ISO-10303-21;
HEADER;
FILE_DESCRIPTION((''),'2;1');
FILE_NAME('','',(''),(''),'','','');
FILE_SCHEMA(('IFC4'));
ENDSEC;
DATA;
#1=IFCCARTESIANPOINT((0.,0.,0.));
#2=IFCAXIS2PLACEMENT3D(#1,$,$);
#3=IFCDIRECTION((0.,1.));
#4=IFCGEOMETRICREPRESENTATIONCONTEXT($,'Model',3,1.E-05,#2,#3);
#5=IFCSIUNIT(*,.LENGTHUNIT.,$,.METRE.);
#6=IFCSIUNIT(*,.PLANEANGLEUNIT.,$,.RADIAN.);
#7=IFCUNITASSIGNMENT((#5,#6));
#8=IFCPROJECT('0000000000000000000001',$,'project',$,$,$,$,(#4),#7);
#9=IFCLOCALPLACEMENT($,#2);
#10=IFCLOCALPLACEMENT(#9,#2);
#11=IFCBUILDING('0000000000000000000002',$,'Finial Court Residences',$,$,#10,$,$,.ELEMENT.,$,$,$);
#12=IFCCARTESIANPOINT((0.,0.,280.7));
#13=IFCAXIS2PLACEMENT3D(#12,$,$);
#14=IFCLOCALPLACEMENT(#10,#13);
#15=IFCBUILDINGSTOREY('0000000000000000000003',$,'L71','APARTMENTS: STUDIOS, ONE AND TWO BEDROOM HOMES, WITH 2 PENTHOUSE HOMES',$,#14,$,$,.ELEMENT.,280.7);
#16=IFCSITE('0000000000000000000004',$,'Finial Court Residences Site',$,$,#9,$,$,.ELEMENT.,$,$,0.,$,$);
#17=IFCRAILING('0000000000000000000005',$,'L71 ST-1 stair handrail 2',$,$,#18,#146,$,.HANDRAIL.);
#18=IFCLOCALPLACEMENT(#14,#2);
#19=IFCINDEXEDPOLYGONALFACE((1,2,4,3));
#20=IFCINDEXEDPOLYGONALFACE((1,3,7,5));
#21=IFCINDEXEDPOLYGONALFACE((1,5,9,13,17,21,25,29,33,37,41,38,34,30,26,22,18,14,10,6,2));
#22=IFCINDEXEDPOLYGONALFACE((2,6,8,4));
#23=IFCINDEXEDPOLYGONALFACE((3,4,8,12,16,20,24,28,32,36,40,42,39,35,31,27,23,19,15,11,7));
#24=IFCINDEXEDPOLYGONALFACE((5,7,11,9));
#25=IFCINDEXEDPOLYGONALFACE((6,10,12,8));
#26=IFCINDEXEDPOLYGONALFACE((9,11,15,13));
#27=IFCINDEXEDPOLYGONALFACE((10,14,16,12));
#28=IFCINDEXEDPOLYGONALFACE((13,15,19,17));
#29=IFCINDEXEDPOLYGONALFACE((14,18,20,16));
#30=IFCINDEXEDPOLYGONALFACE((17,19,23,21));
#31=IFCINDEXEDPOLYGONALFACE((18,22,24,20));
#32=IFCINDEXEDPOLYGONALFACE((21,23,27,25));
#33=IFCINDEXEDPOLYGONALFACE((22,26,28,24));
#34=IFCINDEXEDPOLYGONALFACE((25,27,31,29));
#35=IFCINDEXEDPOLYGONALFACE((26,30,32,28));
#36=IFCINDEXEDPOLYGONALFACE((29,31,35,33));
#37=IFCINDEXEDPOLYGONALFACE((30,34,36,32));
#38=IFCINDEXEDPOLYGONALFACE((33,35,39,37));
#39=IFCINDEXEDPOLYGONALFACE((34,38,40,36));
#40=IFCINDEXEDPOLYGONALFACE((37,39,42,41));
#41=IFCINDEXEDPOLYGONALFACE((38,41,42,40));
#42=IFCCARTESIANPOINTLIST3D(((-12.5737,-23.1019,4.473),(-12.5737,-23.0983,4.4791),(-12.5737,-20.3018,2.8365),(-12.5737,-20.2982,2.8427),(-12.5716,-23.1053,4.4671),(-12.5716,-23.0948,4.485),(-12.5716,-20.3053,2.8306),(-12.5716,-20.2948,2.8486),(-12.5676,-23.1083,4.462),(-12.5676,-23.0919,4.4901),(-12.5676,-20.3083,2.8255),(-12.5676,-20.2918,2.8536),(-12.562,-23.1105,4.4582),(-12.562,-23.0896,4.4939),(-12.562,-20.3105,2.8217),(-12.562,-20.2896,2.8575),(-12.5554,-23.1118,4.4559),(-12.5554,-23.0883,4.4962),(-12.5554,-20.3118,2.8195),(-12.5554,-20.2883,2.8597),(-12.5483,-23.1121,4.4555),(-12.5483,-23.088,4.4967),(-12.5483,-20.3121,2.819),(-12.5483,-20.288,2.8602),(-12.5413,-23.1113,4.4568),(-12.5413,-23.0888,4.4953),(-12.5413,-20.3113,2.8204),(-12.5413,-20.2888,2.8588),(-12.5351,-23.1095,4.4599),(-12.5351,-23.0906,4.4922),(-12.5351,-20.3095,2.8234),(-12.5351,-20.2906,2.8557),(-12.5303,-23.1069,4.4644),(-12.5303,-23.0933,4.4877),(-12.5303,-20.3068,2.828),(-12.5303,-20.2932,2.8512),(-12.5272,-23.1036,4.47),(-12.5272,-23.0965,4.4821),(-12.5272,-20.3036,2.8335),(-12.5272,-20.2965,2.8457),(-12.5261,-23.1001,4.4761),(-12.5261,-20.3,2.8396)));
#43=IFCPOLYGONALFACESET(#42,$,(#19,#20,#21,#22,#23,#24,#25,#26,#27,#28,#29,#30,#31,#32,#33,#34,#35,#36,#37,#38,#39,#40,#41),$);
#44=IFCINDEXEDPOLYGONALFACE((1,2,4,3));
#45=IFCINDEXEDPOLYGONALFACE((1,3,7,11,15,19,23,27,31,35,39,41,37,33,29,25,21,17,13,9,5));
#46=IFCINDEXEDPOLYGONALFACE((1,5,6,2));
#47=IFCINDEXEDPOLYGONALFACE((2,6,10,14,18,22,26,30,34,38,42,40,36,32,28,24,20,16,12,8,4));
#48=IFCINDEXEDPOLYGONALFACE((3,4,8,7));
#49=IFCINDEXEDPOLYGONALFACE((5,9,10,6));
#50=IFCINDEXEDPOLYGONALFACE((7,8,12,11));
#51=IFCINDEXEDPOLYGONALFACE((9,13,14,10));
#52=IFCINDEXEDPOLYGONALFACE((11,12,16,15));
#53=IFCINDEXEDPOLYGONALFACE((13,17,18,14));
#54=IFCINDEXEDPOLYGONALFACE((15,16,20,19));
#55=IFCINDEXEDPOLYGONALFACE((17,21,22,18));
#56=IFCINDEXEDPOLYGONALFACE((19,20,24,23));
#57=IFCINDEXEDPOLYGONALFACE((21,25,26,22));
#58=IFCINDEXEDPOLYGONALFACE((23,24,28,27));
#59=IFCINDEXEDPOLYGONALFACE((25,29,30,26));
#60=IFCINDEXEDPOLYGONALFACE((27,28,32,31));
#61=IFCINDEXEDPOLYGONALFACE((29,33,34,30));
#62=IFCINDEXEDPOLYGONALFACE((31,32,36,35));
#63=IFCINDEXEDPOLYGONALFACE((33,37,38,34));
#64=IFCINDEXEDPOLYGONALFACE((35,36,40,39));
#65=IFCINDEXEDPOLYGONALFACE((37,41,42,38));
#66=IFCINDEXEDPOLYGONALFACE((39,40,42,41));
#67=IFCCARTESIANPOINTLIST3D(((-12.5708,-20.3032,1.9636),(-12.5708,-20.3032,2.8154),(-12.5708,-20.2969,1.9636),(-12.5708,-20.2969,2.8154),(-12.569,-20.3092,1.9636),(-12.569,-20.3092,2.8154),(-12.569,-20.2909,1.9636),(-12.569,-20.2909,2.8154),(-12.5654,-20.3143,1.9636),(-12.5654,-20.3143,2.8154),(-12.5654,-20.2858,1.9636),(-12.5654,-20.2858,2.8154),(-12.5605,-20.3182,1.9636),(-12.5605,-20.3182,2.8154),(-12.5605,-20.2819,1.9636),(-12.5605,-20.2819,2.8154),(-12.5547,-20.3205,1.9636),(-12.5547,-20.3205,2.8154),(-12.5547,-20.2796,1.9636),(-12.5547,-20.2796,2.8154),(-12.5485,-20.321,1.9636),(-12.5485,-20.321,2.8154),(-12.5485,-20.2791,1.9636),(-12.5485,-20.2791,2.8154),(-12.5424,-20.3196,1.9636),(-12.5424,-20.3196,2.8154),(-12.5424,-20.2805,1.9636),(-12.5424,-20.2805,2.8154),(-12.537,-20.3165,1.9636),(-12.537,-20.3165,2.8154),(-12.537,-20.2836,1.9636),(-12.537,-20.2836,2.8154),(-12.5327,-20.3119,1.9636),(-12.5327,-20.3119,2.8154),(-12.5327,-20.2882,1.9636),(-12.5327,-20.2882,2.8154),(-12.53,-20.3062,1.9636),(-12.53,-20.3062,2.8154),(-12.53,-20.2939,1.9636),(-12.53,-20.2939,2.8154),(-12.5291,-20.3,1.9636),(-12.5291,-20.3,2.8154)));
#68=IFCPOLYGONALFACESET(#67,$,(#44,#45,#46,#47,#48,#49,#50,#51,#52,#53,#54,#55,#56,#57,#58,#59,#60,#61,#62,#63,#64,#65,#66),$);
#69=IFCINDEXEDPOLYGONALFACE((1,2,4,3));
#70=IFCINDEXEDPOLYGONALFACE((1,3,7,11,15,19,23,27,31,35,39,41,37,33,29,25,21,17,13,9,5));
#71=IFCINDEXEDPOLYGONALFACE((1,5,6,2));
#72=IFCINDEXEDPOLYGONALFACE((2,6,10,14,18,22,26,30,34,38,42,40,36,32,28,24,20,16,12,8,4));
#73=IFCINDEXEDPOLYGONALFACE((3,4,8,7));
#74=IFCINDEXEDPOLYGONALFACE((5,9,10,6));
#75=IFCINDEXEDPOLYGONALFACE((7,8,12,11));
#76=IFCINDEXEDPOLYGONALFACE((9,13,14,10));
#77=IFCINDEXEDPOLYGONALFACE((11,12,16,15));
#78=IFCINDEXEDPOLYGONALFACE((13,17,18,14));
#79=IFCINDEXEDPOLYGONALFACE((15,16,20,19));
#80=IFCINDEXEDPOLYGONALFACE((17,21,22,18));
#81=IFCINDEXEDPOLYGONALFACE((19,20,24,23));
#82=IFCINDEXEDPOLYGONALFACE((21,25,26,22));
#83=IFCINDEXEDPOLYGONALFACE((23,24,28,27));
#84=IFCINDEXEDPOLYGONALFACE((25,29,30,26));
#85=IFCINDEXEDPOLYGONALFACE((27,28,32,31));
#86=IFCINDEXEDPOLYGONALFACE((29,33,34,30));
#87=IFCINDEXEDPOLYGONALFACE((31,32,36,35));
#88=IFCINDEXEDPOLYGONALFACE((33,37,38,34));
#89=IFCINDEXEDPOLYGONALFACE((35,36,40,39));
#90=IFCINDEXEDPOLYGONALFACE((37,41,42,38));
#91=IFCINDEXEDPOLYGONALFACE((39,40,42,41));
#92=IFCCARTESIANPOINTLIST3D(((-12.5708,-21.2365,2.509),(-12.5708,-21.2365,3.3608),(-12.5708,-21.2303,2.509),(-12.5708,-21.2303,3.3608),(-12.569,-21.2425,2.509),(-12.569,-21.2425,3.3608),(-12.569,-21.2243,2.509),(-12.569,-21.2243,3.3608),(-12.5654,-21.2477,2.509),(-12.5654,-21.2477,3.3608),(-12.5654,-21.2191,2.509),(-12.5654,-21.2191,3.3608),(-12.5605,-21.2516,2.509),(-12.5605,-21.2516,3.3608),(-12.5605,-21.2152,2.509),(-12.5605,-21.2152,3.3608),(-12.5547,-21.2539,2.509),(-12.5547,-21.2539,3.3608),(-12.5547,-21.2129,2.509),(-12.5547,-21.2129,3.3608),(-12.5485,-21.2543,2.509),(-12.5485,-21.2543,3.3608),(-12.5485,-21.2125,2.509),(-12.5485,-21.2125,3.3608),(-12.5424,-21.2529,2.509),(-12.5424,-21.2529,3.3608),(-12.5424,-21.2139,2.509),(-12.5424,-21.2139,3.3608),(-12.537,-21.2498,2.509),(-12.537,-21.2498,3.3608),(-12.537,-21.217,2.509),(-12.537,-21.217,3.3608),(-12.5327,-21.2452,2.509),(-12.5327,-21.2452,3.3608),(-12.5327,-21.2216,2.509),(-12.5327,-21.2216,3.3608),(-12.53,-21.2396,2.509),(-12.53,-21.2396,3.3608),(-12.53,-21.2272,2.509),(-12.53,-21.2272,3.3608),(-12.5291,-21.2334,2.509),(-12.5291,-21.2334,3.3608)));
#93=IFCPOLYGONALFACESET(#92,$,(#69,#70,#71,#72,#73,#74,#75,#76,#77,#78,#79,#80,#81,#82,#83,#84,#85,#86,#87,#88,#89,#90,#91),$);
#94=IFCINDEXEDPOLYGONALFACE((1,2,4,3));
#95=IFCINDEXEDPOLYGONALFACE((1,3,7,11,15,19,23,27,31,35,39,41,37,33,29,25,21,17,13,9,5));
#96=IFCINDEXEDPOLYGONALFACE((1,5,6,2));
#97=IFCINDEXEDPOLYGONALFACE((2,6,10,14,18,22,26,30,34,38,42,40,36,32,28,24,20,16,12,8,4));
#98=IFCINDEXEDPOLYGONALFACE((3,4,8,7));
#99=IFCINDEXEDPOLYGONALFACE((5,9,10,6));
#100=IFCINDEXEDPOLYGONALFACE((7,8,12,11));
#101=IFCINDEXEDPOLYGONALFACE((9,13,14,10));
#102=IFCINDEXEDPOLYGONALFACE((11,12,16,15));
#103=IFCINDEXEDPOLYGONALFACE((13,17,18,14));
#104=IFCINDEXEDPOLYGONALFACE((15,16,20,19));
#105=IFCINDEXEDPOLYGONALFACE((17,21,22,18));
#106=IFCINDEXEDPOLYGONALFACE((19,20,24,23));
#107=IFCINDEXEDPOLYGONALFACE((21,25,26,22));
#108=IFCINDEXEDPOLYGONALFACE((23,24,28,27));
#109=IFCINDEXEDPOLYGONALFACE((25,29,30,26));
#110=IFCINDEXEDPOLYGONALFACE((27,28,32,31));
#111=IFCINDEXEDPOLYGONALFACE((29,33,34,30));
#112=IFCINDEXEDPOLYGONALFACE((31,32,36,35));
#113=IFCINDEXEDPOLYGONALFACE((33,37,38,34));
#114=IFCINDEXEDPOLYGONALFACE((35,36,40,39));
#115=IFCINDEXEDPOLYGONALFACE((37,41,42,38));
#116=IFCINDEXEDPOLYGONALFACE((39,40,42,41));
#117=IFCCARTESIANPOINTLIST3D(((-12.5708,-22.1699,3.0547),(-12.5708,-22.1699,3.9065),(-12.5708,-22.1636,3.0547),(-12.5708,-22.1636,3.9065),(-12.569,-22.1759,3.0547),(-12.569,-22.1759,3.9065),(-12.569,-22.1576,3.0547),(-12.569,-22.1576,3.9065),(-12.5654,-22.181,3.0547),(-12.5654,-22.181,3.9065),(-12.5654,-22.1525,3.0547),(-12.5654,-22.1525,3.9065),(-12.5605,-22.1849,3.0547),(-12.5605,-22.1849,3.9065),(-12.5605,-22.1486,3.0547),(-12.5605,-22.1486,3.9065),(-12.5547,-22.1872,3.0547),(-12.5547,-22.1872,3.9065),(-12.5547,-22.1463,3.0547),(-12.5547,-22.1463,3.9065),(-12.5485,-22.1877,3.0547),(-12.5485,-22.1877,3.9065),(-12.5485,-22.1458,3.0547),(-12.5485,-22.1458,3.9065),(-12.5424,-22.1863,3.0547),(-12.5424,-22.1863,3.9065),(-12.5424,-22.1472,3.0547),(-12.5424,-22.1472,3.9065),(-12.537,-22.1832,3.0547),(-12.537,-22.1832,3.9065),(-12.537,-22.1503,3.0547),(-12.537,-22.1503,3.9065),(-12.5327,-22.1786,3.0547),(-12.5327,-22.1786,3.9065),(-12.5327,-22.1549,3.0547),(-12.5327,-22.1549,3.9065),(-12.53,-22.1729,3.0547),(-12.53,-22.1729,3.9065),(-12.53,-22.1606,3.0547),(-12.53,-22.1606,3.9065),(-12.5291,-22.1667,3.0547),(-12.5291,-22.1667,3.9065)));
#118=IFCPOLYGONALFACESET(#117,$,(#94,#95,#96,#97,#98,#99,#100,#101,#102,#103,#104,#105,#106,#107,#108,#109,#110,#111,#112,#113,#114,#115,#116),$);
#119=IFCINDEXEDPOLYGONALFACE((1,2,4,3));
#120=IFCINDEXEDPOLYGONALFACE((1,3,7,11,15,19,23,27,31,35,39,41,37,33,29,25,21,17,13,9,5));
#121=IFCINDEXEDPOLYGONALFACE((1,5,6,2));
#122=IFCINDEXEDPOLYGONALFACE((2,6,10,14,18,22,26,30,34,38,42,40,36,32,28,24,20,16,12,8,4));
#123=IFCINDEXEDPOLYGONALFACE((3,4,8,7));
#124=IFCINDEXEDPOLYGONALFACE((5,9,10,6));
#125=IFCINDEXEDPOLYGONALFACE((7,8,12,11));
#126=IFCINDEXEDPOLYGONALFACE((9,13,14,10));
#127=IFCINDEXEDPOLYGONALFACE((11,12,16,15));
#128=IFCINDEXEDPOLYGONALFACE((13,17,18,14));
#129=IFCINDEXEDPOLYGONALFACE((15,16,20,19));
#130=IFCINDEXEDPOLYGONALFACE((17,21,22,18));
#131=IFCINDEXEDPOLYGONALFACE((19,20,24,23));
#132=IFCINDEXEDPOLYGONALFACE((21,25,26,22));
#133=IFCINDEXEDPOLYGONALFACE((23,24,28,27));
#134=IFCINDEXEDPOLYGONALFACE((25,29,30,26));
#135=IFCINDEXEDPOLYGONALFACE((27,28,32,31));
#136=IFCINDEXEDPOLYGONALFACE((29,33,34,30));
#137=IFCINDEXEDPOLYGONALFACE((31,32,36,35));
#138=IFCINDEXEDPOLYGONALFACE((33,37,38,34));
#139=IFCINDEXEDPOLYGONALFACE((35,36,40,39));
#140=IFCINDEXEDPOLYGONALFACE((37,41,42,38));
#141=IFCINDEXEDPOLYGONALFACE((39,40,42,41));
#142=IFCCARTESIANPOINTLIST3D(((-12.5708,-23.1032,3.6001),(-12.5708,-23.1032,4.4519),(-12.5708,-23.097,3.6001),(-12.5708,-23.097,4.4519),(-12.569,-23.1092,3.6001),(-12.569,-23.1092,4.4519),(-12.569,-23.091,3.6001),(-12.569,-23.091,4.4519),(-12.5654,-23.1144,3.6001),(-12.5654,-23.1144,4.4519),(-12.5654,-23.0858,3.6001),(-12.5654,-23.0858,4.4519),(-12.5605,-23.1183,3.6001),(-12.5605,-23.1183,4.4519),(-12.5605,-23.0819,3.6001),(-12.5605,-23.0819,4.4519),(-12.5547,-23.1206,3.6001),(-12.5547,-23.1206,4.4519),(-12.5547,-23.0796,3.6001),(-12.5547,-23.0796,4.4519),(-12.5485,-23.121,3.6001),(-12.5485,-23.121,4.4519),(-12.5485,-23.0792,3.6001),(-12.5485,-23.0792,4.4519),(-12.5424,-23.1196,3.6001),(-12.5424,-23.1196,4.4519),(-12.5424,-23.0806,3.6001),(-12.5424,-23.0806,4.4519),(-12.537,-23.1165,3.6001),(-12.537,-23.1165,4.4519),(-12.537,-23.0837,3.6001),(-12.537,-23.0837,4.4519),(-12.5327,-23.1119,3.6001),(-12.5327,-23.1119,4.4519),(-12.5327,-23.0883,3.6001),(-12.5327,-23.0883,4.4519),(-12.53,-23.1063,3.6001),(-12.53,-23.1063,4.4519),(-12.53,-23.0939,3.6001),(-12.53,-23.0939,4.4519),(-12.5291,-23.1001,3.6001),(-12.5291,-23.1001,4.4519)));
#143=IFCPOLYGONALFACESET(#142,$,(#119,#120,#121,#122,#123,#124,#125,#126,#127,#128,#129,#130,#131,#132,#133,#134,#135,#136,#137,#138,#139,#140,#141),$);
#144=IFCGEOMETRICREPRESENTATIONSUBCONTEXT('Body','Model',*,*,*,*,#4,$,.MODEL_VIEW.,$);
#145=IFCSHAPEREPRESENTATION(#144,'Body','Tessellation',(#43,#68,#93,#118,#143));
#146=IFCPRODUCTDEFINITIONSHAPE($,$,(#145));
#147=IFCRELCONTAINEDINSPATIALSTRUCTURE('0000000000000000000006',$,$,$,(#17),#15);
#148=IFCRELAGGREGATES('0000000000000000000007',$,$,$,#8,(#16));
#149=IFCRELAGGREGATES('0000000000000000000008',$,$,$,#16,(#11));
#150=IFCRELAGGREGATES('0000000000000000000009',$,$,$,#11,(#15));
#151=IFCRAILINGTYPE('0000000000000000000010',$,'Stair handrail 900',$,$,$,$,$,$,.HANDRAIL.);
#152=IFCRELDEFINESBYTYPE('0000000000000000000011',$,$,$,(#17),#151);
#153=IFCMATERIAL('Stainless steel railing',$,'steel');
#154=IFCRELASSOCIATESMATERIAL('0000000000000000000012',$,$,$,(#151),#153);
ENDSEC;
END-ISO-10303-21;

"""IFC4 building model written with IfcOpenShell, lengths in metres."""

from ifc_helpers import new_model, si_unit, direction, frame, origin, origin_2d, place, context, subcontext, project, spatial, circle, extrude, material, type_object, element, save


model = new_model("IFC4")

# Units and contexts
model_context = context("Model", 3, precision=1e-05, world=origin(), true_north=direction((0.0, 1.0)))
body_context = subcontext(model_context, "Body", "Model", "MODEL_VIEW")
ifc_project = project(units=[si_unit("LENGTHUNIT", "METRE"), si_unit("PLANEANGLEUNIT", "RADIAN")], contexts=[model_context])

# Site, building, storey
site_placement = place(None, origin())
site = spatial("IfcSite", under=ifc_project, at=site_placement, Name="Finial Court Residences Site", CompositionType="ELEMENT", RefElevation=0.0)
building_placement = place(site_placement, origin())
building = spatial("IfcBuilding", under=site, at=building_placement, Name="Finial Court Residences", CompositionType="ELEMENT")
storey_placement = place(building_placement, frame((0.0, 0.0, 280.7)))
storey = spatial("IfcBuildingStorey", under=building, at=storey_placement, Name="L71", Description="APARTMENTS: STUDIOS, ONE AND TWO BEDROOM HOMES, WITH 2 PENTHOUSE HOMES", CompositionType="ELEMENT", Elevation=280.7)

# Railing
ifc_material_1 = material(Name="Stainless steel railing", Category="steel")
railing_type_1 = type_object("IfcRailingType", Name="Stair handrail 900", PredefinedType="HANDRAIL", material=ifc_material_1)
railing_1_placement = place(storey_placement, frame((-12.55, -20.3, 1.9636)))
element("IfcRailing", 1, at=railing_1_placement, inside=storey, type_object=railing_type_1, Name="L71 ST-1 stair handrail 2", PredefinedType="HANDRAIL", context=body_context, shape_type="SweptSolid", body=[
    extrude(circle(Radius=0.0239, at=origin_2d()), frame((0.0, 0.0, 0.876), z_axis=(0.0, -0.863361, 0.504587), x_axis=(1.0, 0.0, 0.0)), (0.0, 0.0, 1.0), 3.2432),
    extrude(circle(Radius=0.021, at=origin_2d()), origin(), (0.0, 0.0, 1.0), 0.8518),
    extrude(circle(Radius=0.021, at=origin_2d()), frame((0.0, -0.9333, 0.5454)), (0.0, 0.0, 1.0), 0.8518),
    extrude(circle(Radius=0.021, at=origin_2d()), frame((0.0, -1.8667, 1.0911)), (0.0, 0.0, 1.0), 0.8518),
    extrude(circle(Radius=0.021, at=origin_2d()), frame((0.0, -2.8, 1.6365)), (0.0, 0.0, 1.0), 0.8518),
])

save(model, "model.ifc")
